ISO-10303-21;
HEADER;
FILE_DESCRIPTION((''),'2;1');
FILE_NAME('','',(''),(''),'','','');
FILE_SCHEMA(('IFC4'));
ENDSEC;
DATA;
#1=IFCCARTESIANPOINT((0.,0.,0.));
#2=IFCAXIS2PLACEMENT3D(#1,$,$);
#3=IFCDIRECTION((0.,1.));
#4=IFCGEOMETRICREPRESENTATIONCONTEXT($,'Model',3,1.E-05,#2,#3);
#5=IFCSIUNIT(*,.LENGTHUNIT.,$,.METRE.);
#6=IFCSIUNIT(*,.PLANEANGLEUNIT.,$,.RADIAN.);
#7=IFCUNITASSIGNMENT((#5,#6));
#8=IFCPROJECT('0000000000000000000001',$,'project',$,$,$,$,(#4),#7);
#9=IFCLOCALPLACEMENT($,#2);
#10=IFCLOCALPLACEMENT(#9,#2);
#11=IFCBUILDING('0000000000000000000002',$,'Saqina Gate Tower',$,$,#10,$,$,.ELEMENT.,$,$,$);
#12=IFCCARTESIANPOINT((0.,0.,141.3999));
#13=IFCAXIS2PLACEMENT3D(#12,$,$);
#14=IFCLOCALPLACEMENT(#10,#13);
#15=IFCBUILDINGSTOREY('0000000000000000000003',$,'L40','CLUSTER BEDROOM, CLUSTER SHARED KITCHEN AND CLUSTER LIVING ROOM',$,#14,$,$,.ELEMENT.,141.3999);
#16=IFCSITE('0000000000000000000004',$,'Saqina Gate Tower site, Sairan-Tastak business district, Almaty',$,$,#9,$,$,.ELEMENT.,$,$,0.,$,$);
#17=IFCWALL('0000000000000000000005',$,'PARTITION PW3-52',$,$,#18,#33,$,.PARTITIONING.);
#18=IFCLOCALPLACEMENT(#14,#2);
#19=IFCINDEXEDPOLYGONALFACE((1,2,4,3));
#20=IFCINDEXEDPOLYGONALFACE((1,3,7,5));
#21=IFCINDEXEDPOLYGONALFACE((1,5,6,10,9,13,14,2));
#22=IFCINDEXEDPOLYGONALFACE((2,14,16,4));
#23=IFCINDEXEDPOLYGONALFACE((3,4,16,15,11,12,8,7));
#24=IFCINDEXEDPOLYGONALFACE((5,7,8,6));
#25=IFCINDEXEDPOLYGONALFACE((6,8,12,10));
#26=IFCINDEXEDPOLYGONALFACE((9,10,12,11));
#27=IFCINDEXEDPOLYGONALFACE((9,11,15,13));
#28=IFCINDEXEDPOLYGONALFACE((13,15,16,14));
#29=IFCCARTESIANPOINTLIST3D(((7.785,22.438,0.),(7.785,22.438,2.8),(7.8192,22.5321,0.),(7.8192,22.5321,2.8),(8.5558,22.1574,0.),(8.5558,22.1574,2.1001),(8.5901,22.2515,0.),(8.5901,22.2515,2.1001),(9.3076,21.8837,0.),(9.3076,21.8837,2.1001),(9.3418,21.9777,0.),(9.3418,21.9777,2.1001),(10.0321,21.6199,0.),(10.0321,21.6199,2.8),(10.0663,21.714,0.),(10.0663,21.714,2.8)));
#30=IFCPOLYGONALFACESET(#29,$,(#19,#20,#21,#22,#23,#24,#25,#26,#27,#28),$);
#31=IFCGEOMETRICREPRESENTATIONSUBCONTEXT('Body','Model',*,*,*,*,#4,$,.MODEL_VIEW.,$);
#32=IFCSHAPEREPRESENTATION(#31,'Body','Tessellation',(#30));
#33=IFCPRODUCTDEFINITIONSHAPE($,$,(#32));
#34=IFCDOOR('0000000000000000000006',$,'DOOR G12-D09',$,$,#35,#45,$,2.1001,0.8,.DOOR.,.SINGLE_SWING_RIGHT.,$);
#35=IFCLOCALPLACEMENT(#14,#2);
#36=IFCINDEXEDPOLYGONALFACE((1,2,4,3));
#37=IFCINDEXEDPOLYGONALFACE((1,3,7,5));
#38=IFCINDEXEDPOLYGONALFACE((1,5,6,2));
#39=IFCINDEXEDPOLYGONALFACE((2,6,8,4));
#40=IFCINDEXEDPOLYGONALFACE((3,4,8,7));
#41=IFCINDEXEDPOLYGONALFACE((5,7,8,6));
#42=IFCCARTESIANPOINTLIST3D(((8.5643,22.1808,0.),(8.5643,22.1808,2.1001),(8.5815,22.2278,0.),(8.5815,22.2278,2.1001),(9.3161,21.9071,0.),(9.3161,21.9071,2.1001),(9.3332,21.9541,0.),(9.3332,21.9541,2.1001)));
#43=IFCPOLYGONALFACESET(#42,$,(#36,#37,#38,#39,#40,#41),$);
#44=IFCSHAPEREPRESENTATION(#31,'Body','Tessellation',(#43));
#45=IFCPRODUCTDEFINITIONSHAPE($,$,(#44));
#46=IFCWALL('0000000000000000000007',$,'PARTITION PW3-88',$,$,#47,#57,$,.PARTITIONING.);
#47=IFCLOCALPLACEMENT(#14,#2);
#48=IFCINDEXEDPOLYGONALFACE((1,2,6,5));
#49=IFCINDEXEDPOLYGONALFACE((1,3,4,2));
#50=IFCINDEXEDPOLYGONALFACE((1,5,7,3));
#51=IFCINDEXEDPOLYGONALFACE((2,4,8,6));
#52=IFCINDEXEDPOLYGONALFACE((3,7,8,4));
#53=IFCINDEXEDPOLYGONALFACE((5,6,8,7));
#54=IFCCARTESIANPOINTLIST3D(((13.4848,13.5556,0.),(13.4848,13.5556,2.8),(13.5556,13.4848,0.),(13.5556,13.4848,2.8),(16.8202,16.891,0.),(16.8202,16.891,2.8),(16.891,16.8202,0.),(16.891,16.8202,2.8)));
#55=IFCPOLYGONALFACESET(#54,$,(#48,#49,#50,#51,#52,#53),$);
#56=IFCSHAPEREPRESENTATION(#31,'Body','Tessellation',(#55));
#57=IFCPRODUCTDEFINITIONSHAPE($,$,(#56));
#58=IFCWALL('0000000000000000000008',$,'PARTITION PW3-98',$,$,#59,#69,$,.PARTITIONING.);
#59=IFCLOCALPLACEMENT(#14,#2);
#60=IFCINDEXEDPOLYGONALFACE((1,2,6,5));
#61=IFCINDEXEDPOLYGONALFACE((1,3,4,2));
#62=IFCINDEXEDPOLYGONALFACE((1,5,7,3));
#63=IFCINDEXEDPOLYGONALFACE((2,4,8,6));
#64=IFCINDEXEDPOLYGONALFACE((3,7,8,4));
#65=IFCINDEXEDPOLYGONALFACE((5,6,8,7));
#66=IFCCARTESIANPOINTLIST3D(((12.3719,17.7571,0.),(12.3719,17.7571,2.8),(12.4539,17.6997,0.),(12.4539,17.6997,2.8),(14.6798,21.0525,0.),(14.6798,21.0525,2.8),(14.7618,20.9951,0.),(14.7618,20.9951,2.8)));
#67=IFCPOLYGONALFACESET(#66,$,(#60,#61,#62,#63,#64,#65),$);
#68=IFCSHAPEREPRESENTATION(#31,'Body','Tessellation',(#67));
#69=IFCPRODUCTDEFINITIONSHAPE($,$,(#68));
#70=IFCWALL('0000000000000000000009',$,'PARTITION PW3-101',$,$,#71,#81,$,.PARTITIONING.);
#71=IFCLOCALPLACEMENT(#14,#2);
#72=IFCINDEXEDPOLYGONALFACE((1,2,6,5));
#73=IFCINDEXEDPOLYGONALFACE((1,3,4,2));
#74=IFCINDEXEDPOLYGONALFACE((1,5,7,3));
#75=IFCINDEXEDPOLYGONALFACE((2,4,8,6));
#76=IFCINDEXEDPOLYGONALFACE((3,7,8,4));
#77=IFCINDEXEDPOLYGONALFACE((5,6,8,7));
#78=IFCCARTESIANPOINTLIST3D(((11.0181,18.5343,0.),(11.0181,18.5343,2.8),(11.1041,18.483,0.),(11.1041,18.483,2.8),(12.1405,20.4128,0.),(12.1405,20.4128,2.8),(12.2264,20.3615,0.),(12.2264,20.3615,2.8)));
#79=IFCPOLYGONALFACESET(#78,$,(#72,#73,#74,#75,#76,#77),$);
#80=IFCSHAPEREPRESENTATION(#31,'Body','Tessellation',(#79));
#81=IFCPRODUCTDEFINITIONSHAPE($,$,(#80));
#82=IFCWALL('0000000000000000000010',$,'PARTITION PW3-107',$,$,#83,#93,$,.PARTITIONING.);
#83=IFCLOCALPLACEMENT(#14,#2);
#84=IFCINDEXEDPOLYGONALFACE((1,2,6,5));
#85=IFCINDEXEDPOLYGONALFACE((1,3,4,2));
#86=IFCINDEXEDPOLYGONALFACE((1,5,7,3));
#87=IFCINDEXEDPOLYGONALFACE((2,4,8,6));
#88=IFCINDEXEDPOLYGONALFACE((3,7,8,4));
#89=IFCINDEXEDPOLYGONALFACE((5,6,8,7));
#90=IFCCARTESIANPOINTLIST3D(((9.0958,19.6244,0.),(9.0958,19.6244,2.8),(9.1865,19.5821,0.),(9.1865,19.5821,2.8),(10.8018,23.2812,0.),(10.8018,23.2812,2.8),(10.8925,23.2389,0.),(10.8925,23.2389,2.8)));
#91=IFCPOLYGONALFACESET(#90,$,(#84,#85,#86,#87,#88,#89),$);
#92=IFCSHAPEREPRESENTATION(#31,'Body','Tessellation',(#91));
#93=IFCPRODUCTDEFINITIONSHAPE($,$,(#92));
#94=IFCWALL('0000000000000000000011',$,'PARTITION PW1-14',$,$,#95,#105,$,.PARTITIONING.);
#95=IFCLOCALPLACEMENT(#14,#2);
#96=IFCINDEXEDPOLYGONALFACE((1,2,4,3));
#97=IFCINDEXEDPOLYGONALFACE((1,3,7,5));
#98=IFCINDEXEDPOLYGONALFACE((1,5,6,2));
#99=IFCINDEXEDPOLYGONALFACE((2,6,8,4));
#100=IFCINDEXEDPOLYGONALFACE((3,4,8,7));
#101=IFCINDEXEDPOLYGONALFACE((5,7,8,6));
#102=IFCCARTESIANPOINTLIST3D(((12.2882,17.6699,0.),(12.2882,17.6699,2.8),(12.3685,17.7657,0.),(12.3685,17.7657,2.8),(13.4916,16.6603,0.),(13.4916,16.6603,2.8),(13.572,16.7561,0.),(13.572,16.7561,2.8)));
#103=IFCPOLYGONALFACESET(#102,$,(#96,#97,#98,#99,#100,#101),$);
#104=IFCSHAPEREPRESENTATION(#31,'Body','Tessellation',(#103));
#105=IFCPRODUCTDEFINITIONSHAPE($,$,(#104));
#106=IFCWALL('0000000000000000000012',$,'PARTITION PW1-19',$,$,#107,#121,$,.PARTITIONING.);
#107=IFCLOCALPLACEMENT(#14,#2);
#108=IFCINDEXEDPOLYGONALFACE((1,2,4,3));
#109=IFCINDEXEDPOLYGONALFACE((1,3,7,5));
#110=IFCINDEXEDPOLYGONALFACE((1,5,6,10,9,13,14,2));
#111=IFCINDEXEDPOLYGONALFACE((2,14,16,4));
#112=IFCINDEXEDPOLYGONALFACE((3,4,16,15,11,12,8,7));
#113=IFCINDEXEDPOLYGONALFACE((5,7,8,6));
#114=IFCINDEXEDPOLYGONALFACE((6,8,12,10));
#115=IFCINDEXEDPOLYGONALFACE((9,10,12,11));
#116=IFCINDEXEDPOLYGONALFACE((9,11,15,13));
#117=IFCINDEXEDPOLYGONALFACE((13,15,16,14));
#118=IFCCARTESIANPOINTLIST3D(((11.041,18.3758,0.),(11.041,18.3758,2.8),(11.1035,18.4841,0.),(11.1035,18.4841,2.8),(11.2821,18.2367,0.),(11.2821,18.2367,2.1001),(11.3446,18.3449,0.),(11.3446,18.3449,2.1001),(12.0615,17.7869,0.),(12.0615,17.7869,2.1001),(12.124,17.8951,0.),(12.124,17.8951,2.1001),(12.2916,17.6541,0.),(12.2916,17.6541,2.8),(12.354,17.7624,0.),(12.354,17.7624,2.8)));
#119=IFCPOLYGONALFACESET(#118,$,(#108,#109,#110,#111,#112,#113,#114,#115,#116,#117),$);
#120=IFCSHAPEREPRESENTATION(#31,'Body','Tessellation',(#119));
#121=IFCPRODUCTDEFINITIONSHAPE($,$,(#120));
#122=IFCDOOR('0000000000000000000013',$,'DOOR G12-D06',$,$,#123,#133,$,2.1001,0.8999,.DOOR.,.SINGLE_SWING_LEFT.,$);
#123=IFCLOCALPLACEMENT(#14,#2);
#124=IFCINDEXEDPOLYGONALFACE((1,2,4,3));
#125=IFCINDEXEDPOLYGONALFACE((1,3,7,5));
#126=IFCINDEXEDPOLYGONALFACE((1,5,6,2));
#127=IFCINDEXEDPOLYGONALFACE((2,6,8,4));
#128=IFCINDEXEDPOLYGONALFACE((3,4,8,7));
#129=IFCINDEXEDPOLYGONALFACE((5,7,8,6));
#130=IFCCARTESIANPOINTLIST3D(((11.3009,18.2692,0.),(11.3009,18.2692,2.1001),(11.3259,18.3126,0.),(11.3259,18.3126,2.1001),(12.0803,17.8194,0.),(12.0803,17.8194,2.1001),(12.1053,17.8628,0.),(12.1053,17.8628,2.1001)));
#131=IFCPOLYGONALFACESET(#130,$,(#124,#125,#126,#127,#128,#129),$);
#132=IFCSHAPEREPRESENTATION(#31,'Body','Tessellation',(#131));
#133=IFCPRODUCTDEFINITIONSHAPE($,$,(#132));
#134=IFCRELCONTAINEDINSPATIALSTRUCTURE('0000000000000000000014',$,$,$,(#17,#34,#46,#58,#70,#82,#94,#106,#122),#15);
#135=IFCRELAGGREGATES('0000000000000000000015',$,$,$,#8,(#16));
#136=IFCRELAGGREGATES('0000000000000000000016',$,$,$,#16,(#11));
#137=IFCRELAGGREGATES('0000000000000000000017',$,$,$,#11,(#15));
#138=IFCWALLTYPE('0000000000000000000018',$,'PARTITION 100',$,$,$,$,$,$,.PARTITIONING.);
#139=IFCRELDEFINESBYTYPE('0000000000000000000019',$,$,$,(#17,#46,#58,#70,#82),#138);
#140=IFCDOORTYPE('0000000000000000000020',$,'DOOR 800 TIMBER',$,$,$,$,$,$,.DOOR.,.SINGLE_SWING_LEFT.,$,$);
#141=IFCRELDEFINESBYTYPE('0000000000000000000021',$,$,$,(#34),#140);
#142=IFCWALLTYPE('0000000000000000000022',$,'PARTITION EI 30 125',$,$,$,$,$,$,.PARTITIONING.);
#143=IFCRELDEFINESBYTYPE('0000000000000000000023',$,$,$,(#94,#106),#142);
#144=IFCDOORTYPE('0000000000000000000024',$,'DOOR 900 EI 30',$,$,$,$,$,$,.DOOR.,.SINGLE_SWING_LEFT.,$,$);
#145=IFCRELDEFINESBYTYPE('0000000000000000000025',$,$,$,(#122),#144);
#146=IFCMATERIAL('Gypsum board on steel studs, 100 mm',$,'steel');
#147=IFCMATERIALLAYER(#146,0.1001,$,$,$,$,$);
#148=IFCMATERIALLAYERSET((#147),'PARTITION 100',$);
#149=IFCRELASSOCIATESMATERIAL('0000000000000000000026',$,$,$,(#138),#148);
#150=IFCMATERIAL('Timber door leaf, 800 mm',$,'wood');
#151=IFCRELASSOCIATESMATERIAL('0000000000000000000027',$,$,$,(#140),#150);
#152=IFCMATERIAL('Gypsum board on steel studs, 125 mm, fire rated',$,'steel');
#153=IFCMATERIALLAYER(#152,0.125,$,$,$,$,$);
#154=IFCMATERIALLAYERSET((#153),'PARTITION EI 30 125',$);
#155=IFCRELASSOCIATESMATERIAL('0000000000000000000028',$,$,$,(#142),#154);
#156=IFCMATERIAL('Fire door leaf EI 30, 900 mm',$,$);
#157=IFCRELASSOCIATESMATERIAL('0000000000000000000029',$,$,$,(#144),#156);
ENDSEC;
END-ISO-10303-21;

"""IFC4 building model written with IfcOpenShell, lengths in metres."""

from ifc_helpers import new_model, si_unit, direction, frame, frame_2d, origin, place, context, subcontext, project, spatial, rectangle, extrude, material, layer, layer_set, type_object, element, fill, save


model = new_model("IFC4")

# Units and contexts
model_context = context("Model", 3, precision=1e-05, world=origin(), true_north=direction((0.0, 1.0)))
body_context = subcontext(model_context, "Body", "Model", "MODEL_VIEW")
ifc_project = project(units=[si_unit("LENGTHUNIT", "METRE"), si_unit("PLANEANGLEUNIT", "RADIAN")], contexts=[model_context])

# Site, building, storey
site_placement = place(None, origin())
site = spatial("IfcSite", under=ifc_project, at=site_placement, Name="Saqina Gate Tower site, Sairan-Tastak business district, Almaty", CompositionType="ELEMENT", RefElevation=0.0)
building_placement = place(site_placement, origin())
building = spatial("IfcBuilding", under=site, at=building_placement, Name="Saqina Gate Tower", CompositionType="ELEMENT")
storey_placement = place(building_placement, frame((0.0, 0.0, 141.3999)))
storey = spatial("IfcBuildingStorey", under=building, at=storey_placement, Name="L40", Description="CLUSTER BEDROOM, CLUSTER SHARED KITCHEN AND CLUSTER LIVING ROOM", CompositionType="ELEMENT", Elevation=141.3999)

# Shared definitions
ifc_material_1 = material(Name="Gypsum board on steel studs, 100 mm", Category="steel")
ifc_layer_1 = layer(ifc_material_1, 0.1001)
ifc_layer_set_1 = layer_set([ifc_layer_1], Name="PARTITION 100")
wall_type_1 = type_object("IfcWallType", Name="PARTITION 100", PredefinedType="PARTITIONING", material=ifc_layer_set_1)

# Wall, opening, door
ifc_material_2 = material(Name="Timber door leaf, 800 mm", Category="wood")
door_type_1 = type_object("IfcDoorType", Name="DOOR 800 TIMBER", OperationType="SINGLE_SWING_LEFT", PredefinedType="DOOR", material=ifc_material_2)
wall_1_placement = place(storey_placement, frame((7.802, 22.4851, 0.0), z_axis=(0.0, 0.0, 1.0), x_axis=(0.939659, -0.342112, 0.0)))
wall_1 = element("IfcWall", 1, at=wall_1_placement, inside=storey, type_object=wall_type_1, Name="PARTITION PW3-52", PredefinedType="PARTITIONING", context=body_context, shape_type="SweptSolid", body=[
    extrude(rectangle(XDim=2.3914, YDim=0.1001, at=frame_2d((1.1958, 0.0))), origin(), (0.0, 0.0, 1.0), 2.8),
])
opening_1_placement = place(wall_1_placement, frame((0.8206, 0.0, 0.0)))
opening_1 = element("IfcOpeningElement", 2, at=opening_1_placement, cuts=wall_1, PredefinedType="OPENING", context=body_context, shape_type="SweptSolid", body=[
    extrude(rectangle(XDim=0.8, YDim=2.1001, at=frame_2d((0.3999, 1.05))), frame((0.0, 0.062, 0.0), z_axis=(0.0, -1.0, 0.0), x_axis=(1.0, 0.0, 0.0)), (0.0, 0.0, 1.0), 0.124),
])
door_1_placement = place(opening_1_placement, origin())
door_1 = element("IfcDoor", 3, at=door_1_placement, inside=storey, type_object=door_type_1, Name="DOOR G12-D09", OperationType="SINGLE_SWING_RIGHT", OverallHeight=2.1001, OverallWidth=0.8, PredefinedType="DOOR", context=body_context, shape_type="SweptSolid", body=[
    extrude(rectangle(XDim=0.8, YDim=2.1001, at=frame_2d((0.3999, 1.05))), frame((0.0, 0.0249, 0.0), z_axis=(0.0, -1.0, 0.0), x_axis=(1.0, 0.0, 0.0)), (0.0, 0.0, 1.0), 0.05),
])
fill(opening_1, door_1)

# Walls
wall_2_placement = place(storey_placement, frame((13.5203, 13.5203, 0.0), z_axis=(0.0, 0.0, 1.0), x_axis=(0.707107, 0.707107, 0.0)))
element("IfcWall", 4, at=wall_2_placement, inside=storey, type_object=wall_type_1, Name="PARTITION PW3-88", PredefinedType="PARTITIONING", context=body_context, shape_type="SweptSolid", body=[
    extrude(rectangle(XDim=4.717, YDim=0.1001, at=frame_2d((2.3584, 0.0))), origin(), (0.0, 0.0, 1.0), 2.8),
])
wall_3_placement = place(storey_placement, frame((12.4128, 17.7283, 0.0), z_axis=(0.0, 0.0, 1.0), x_axis=(0.573642, 0.819106, 0.0)))
element("IfcWall", 5, at=wall_3_placement, inside=storey, type_object=wall_type_1, Name="PARTITION PW3-98", PredefinedType="PARTITIONING", context=body_context, shape_type="SweptSolid", body=[
    extrude(rectangle(XDim=4.0232, YDim=0.1001, at=frame_2d((2.0117, 0.0))), origin(), (0.0, 0.0, 1.0), 2.8),
])
wall_4_placement = place(storey_placement, frame((11.061, 18.5085, 0.0), z_axis=(0.0, 0.0, 1.0), x_axis=(0.512903, 0.858446, 0.0)))
element("IfcWall", 6, at=wall_4_placement, inside=storey, type_object=wall_type_1, Name="PARTITION PW3-101", PredefinedType="PARTITIONING", context=body_context, shape_type="SweptSolid", body=[
    extrude(rectangle(XDim=2.1882, YDim=0.1001, at=frame_2d((1.0942, 0.0))), origin(), (0.0, 0.0, 1.0), 2.8),
])
wall_5_placement = place(storey_placement, frame((9.1411, 19.6033, 0.0), z_axis=(0.0, 0.0, 1.0), x_axis=(0.422799, 0.906223, 0.0)))
element("IfcWall", 7, at=wall_5_placement, inside=storey, type_object=wall_type_1, Name="PARTITION PW3-107", PredefinedType="PARTITIONING", context=body_context, shape_type="SweptSolid", body=[
    extrude(rectangle(XDim=4.0352, YDim=0.1001, at=frame_2d((2.0176, 0.0))), origin(), (0.0, 0.0, 1.0), 2.8),
])
ifc_material_3 = material(Name="Gypsum board on steel studs, 125 mm, fire rated", Category="steel")
ifc_layer_2 = layer(ifc_material_3, 0.125)
ifc_layer_set_2 = layer_set([ifc_layer_2], Name="PARTITION EI 30 125")
wall_type_2 = type_object("IfcWallType", Name="PARTITION EI 30 125", PredefinedType="PARTITIONING", material=ifc_layer_set_2)
wall_6_placement = place(storey_placement, frame((12.3284, 17.7178, 0.0), z_axis=(0.0, 0.0, 1.0), x_axis=(0.766115, -0.642704, 0.0)))
element("IfcWall", 8, at=wall_6_placement, inside=storey, type_object=wall_type_2, Name="PARTITION PW1-14", PredefinedType="PARTITIONING", context=body_context, shape_type="SweptSolid", body=[
    extrude(rectangle(XDim=1.5708, YDim=0.125, at=frame_2d((0.7854, 0.0))), origin(), (0.0, 0.0, 1.0), 2.8),
])

# Wall, opening, door
wall_7_placement = place(storey_placement, frame((11.0723, 18.4299, 0.0), z_axis=(0.0, 0.0, 1.0), x_axis=(0.866112, -0.499849, 0.0)))
wall_7 = element("IfcWall", 9, at=wall_7_placement, inside=storey, type_object=wall_type_2, Name="PARTITION PW1-19", PredefinedType="PARTITIONING", context=body_context, shape_type="SweptSolid", body=[
    extrude(rectangle(XDim=1.4438, YDim=0.125, at=frame_2d((0.7219, 0.0))), origin(), (0.0, 0.0, 1.0), 2.8),
])
opening_2_placement = place(wall_7_placement, frame((0.2783, 0.0, 0.0)))
opening_2 = element("IfcOpeningElement", 10, at=opening_2_placement, cuts=wall_7, PredefinedType="OPENING", context=body_context, shape_type="SweptSolid", body=[
    extrude(rectangle(XDim=0.8999, YDim=2.1001, at=frame_2d((0.45, 1.05))), frame((0.0, 0.0745, 0.0), z_axis=(0.0, -1.0, 0.0), x_axis=(1.0, 0.0, 0.0)), (0.0, 0.0, 1.0), 0.1489),
])
ifc_material_4 = material(Name="Fire door leaf EI 30, 900 mm")
door_type_2 = type_object("IfcDoorType", Name="DOOR 900 EI 30", OperationType="SINGLE_SWING_LEFT", PredefinedType="DOOR", material=ifc_material_4)
door_2_placement = place(opening_2_placement, frame((0.8999, 0.0, 0.0), z_axis=(0.0, 0.0, 1.0), x_axis=(-1.0, 0.0, 0.0)))
door_2 = element("IfcDoor", 11, at=door_2_placement, inside=storey, type_object=door_type_2, Name="DOOR G12-D06", OperationType="SINGLE_SWING_LEFT", OverallHeight=2.1001, OverallWidth=0.8999, PredefinedType="DOOR", context=body_context, shape_type="SweptSolid", body=[
    extrude(rectangle(XDim=0.8999, YDim=2.1001, at=frame_2d((0.45, 1.05))), frame((0.0, 0.0249, 0.0), z_axis=(0.0, -1.0, 0.0), x_axis=(1.0, 0.0, 0.0)), (0.0, 0.0, 1.0), 0.05),
])
fill(opening_2, door_2)

save(model, "model.ifc")
